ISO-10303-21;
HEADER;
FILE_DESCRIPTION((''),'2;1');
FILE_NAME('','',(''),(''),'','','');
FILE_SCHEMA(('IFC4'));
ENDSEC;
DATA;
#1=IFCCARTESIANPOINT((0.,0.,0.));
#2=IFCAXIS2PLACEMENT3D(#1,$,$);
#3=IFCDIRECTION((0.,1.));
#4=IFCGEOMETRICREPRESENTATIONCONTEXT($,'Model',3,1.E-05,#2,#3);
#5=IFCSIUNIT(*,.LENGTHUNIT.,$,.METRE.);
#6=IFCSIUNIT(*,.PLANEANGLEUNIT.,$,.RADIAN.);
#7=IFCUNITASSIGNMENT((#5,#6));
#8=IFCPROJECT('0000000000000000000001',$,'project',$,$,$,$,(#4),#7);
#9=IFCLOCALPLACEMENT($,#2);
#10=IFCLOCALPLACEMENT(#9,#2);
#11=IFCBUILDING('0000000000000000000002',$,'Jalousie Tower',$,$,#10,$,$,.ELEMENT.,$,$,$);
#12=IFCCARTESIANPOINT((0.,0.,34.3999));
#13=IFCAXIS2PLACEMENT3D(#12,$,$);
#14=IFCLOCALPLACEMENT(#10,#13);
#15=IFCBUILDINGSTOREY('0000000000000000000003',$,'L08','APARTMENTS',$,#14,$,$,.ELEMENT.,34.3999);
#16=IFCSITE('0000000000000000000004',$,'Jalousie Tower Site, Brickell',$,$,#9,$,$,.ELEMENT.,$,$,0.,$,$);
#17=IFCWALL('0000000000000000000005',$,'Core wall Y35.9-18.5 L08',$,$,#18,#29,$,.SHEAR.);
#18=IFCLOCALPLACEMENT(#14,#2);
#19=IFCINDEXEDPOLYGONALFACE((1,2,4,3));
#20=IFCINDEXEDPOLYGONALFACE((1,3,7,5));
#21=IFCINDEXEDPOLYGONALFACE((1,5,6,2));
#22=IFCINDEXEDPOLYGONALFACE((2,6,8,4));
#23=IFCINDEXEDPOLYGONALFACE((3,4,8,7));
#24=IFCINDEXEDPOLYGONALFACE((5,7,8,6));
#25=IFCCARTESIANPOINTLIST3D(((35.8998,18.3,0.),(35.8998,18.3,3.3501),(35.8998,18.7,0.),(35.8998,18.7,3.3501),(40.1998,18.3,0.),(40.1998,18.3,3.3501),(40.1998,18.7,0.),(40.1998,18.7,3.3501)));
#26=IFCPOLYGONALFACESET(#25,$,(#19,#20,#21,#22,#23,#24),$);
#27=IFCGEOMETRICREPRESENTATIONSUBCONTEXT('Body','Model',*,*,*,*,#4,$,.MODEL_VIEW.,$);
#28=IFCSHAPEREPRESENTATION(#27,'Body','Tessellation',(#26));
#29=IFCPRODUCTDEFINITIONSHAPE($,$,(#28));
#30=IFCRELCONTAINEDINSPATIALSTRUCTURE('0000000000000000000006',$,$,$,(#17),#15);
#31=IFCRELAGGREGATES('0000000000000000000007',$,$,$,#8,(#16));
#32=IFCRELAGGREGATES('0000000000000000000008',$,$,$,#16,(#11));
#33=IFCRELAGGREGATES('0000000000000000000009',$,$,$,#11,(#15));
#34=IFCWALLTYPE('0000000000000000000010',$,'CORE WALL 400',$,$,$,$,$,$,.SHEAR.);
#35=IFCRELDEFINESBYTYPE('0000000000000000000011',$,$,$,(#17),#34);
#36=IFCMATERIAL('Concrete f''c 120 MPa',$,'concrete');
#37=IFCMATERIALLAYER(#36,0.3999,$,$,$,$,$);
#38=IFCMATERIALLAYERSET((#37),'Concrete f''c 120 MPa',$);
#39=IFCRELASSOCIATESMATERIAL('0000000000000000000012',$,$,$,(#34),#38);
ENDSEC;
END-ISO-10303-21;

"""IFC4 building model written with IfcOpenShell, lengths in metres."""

from ifc_helpers import new_model, si_unit, direction, frame, frame_2d, origin, place, context, subcontext, project, spatial, rectangle, extrude, material, layer, layer_set, type_object, element, save


model = new_model("IFC4")

# Units and contexts
model_context = context("Model", 3, precision=1e-05, world=origin(), true_north=direction((0.0, 1.0)))
body_context = subcontext(model_context, "Body", "Model", "MODEL_VIEW")
ifc_project = project(units=[si_unit("LENGTHUNIT", "METRE"), si_unit("PLANEANGLEUNIT", "RADIAN")], contexts=[model_context])

# Site, building, storey
site_placement = place(None, origin())
site = spatial("IfcSite", under=ifc_project, at=site_placement, Name="Jalousie Tower Site, Brickell", CompositionType="ELEMENT", RefElevation=0.0)
building_placement = place(site_placement, origin())
building = spatial("IfcBuilding", under=site, at=building_placement, Name="Jalousie Tower", CompositionType="ELEMENT")
storey_placement = place(building_placement, frame((0.0, 0.0, 34.3999)))
storey = spatial("IfcBuildingStorey", under=building, at=storey_placement, Name="L08", Description="APARTMENTS", CompositionType="ELEMENT", Elevation=34.3999)

# Shared definitions
ifc_material_1 = material(Name="Concrete f'c 120 MPa", Category="concrete")
ifc_layer = layer(ifc_material_1, 0.3999)
ifc_layer_set = layer_set([ifc_layer], Name="Concrete f'c 120 MPa")
wall_type = type_object("IfcWallType", Name="CORE WALL 400", PredefinedType="SHEAR", material=ifc_layer_set)

# Wall
wall_1_placement = place(storey_placement, frame((35.8999, 18.5, 0.0), z_axis=(0.0, 0.0, 1.0), x_axis=(1.0, 0.0, 0.0)))
element("IfcWall", 1, at=wall_1_placement, inside=storey, type_object=wall_type, Name="Core wall Y35.9-18.5 L08", PredefinedType="SHEAR", context=body_context, shape_type="SweptSolid", body=[
    extrude(rectangle(XDim=4.3, YDim=0.3999, at=frame_2d((2.1499, 0.0))), origin(), (0.0, 0.0, 1.0), 3.3501),
])

save(model, "model.ifc")
